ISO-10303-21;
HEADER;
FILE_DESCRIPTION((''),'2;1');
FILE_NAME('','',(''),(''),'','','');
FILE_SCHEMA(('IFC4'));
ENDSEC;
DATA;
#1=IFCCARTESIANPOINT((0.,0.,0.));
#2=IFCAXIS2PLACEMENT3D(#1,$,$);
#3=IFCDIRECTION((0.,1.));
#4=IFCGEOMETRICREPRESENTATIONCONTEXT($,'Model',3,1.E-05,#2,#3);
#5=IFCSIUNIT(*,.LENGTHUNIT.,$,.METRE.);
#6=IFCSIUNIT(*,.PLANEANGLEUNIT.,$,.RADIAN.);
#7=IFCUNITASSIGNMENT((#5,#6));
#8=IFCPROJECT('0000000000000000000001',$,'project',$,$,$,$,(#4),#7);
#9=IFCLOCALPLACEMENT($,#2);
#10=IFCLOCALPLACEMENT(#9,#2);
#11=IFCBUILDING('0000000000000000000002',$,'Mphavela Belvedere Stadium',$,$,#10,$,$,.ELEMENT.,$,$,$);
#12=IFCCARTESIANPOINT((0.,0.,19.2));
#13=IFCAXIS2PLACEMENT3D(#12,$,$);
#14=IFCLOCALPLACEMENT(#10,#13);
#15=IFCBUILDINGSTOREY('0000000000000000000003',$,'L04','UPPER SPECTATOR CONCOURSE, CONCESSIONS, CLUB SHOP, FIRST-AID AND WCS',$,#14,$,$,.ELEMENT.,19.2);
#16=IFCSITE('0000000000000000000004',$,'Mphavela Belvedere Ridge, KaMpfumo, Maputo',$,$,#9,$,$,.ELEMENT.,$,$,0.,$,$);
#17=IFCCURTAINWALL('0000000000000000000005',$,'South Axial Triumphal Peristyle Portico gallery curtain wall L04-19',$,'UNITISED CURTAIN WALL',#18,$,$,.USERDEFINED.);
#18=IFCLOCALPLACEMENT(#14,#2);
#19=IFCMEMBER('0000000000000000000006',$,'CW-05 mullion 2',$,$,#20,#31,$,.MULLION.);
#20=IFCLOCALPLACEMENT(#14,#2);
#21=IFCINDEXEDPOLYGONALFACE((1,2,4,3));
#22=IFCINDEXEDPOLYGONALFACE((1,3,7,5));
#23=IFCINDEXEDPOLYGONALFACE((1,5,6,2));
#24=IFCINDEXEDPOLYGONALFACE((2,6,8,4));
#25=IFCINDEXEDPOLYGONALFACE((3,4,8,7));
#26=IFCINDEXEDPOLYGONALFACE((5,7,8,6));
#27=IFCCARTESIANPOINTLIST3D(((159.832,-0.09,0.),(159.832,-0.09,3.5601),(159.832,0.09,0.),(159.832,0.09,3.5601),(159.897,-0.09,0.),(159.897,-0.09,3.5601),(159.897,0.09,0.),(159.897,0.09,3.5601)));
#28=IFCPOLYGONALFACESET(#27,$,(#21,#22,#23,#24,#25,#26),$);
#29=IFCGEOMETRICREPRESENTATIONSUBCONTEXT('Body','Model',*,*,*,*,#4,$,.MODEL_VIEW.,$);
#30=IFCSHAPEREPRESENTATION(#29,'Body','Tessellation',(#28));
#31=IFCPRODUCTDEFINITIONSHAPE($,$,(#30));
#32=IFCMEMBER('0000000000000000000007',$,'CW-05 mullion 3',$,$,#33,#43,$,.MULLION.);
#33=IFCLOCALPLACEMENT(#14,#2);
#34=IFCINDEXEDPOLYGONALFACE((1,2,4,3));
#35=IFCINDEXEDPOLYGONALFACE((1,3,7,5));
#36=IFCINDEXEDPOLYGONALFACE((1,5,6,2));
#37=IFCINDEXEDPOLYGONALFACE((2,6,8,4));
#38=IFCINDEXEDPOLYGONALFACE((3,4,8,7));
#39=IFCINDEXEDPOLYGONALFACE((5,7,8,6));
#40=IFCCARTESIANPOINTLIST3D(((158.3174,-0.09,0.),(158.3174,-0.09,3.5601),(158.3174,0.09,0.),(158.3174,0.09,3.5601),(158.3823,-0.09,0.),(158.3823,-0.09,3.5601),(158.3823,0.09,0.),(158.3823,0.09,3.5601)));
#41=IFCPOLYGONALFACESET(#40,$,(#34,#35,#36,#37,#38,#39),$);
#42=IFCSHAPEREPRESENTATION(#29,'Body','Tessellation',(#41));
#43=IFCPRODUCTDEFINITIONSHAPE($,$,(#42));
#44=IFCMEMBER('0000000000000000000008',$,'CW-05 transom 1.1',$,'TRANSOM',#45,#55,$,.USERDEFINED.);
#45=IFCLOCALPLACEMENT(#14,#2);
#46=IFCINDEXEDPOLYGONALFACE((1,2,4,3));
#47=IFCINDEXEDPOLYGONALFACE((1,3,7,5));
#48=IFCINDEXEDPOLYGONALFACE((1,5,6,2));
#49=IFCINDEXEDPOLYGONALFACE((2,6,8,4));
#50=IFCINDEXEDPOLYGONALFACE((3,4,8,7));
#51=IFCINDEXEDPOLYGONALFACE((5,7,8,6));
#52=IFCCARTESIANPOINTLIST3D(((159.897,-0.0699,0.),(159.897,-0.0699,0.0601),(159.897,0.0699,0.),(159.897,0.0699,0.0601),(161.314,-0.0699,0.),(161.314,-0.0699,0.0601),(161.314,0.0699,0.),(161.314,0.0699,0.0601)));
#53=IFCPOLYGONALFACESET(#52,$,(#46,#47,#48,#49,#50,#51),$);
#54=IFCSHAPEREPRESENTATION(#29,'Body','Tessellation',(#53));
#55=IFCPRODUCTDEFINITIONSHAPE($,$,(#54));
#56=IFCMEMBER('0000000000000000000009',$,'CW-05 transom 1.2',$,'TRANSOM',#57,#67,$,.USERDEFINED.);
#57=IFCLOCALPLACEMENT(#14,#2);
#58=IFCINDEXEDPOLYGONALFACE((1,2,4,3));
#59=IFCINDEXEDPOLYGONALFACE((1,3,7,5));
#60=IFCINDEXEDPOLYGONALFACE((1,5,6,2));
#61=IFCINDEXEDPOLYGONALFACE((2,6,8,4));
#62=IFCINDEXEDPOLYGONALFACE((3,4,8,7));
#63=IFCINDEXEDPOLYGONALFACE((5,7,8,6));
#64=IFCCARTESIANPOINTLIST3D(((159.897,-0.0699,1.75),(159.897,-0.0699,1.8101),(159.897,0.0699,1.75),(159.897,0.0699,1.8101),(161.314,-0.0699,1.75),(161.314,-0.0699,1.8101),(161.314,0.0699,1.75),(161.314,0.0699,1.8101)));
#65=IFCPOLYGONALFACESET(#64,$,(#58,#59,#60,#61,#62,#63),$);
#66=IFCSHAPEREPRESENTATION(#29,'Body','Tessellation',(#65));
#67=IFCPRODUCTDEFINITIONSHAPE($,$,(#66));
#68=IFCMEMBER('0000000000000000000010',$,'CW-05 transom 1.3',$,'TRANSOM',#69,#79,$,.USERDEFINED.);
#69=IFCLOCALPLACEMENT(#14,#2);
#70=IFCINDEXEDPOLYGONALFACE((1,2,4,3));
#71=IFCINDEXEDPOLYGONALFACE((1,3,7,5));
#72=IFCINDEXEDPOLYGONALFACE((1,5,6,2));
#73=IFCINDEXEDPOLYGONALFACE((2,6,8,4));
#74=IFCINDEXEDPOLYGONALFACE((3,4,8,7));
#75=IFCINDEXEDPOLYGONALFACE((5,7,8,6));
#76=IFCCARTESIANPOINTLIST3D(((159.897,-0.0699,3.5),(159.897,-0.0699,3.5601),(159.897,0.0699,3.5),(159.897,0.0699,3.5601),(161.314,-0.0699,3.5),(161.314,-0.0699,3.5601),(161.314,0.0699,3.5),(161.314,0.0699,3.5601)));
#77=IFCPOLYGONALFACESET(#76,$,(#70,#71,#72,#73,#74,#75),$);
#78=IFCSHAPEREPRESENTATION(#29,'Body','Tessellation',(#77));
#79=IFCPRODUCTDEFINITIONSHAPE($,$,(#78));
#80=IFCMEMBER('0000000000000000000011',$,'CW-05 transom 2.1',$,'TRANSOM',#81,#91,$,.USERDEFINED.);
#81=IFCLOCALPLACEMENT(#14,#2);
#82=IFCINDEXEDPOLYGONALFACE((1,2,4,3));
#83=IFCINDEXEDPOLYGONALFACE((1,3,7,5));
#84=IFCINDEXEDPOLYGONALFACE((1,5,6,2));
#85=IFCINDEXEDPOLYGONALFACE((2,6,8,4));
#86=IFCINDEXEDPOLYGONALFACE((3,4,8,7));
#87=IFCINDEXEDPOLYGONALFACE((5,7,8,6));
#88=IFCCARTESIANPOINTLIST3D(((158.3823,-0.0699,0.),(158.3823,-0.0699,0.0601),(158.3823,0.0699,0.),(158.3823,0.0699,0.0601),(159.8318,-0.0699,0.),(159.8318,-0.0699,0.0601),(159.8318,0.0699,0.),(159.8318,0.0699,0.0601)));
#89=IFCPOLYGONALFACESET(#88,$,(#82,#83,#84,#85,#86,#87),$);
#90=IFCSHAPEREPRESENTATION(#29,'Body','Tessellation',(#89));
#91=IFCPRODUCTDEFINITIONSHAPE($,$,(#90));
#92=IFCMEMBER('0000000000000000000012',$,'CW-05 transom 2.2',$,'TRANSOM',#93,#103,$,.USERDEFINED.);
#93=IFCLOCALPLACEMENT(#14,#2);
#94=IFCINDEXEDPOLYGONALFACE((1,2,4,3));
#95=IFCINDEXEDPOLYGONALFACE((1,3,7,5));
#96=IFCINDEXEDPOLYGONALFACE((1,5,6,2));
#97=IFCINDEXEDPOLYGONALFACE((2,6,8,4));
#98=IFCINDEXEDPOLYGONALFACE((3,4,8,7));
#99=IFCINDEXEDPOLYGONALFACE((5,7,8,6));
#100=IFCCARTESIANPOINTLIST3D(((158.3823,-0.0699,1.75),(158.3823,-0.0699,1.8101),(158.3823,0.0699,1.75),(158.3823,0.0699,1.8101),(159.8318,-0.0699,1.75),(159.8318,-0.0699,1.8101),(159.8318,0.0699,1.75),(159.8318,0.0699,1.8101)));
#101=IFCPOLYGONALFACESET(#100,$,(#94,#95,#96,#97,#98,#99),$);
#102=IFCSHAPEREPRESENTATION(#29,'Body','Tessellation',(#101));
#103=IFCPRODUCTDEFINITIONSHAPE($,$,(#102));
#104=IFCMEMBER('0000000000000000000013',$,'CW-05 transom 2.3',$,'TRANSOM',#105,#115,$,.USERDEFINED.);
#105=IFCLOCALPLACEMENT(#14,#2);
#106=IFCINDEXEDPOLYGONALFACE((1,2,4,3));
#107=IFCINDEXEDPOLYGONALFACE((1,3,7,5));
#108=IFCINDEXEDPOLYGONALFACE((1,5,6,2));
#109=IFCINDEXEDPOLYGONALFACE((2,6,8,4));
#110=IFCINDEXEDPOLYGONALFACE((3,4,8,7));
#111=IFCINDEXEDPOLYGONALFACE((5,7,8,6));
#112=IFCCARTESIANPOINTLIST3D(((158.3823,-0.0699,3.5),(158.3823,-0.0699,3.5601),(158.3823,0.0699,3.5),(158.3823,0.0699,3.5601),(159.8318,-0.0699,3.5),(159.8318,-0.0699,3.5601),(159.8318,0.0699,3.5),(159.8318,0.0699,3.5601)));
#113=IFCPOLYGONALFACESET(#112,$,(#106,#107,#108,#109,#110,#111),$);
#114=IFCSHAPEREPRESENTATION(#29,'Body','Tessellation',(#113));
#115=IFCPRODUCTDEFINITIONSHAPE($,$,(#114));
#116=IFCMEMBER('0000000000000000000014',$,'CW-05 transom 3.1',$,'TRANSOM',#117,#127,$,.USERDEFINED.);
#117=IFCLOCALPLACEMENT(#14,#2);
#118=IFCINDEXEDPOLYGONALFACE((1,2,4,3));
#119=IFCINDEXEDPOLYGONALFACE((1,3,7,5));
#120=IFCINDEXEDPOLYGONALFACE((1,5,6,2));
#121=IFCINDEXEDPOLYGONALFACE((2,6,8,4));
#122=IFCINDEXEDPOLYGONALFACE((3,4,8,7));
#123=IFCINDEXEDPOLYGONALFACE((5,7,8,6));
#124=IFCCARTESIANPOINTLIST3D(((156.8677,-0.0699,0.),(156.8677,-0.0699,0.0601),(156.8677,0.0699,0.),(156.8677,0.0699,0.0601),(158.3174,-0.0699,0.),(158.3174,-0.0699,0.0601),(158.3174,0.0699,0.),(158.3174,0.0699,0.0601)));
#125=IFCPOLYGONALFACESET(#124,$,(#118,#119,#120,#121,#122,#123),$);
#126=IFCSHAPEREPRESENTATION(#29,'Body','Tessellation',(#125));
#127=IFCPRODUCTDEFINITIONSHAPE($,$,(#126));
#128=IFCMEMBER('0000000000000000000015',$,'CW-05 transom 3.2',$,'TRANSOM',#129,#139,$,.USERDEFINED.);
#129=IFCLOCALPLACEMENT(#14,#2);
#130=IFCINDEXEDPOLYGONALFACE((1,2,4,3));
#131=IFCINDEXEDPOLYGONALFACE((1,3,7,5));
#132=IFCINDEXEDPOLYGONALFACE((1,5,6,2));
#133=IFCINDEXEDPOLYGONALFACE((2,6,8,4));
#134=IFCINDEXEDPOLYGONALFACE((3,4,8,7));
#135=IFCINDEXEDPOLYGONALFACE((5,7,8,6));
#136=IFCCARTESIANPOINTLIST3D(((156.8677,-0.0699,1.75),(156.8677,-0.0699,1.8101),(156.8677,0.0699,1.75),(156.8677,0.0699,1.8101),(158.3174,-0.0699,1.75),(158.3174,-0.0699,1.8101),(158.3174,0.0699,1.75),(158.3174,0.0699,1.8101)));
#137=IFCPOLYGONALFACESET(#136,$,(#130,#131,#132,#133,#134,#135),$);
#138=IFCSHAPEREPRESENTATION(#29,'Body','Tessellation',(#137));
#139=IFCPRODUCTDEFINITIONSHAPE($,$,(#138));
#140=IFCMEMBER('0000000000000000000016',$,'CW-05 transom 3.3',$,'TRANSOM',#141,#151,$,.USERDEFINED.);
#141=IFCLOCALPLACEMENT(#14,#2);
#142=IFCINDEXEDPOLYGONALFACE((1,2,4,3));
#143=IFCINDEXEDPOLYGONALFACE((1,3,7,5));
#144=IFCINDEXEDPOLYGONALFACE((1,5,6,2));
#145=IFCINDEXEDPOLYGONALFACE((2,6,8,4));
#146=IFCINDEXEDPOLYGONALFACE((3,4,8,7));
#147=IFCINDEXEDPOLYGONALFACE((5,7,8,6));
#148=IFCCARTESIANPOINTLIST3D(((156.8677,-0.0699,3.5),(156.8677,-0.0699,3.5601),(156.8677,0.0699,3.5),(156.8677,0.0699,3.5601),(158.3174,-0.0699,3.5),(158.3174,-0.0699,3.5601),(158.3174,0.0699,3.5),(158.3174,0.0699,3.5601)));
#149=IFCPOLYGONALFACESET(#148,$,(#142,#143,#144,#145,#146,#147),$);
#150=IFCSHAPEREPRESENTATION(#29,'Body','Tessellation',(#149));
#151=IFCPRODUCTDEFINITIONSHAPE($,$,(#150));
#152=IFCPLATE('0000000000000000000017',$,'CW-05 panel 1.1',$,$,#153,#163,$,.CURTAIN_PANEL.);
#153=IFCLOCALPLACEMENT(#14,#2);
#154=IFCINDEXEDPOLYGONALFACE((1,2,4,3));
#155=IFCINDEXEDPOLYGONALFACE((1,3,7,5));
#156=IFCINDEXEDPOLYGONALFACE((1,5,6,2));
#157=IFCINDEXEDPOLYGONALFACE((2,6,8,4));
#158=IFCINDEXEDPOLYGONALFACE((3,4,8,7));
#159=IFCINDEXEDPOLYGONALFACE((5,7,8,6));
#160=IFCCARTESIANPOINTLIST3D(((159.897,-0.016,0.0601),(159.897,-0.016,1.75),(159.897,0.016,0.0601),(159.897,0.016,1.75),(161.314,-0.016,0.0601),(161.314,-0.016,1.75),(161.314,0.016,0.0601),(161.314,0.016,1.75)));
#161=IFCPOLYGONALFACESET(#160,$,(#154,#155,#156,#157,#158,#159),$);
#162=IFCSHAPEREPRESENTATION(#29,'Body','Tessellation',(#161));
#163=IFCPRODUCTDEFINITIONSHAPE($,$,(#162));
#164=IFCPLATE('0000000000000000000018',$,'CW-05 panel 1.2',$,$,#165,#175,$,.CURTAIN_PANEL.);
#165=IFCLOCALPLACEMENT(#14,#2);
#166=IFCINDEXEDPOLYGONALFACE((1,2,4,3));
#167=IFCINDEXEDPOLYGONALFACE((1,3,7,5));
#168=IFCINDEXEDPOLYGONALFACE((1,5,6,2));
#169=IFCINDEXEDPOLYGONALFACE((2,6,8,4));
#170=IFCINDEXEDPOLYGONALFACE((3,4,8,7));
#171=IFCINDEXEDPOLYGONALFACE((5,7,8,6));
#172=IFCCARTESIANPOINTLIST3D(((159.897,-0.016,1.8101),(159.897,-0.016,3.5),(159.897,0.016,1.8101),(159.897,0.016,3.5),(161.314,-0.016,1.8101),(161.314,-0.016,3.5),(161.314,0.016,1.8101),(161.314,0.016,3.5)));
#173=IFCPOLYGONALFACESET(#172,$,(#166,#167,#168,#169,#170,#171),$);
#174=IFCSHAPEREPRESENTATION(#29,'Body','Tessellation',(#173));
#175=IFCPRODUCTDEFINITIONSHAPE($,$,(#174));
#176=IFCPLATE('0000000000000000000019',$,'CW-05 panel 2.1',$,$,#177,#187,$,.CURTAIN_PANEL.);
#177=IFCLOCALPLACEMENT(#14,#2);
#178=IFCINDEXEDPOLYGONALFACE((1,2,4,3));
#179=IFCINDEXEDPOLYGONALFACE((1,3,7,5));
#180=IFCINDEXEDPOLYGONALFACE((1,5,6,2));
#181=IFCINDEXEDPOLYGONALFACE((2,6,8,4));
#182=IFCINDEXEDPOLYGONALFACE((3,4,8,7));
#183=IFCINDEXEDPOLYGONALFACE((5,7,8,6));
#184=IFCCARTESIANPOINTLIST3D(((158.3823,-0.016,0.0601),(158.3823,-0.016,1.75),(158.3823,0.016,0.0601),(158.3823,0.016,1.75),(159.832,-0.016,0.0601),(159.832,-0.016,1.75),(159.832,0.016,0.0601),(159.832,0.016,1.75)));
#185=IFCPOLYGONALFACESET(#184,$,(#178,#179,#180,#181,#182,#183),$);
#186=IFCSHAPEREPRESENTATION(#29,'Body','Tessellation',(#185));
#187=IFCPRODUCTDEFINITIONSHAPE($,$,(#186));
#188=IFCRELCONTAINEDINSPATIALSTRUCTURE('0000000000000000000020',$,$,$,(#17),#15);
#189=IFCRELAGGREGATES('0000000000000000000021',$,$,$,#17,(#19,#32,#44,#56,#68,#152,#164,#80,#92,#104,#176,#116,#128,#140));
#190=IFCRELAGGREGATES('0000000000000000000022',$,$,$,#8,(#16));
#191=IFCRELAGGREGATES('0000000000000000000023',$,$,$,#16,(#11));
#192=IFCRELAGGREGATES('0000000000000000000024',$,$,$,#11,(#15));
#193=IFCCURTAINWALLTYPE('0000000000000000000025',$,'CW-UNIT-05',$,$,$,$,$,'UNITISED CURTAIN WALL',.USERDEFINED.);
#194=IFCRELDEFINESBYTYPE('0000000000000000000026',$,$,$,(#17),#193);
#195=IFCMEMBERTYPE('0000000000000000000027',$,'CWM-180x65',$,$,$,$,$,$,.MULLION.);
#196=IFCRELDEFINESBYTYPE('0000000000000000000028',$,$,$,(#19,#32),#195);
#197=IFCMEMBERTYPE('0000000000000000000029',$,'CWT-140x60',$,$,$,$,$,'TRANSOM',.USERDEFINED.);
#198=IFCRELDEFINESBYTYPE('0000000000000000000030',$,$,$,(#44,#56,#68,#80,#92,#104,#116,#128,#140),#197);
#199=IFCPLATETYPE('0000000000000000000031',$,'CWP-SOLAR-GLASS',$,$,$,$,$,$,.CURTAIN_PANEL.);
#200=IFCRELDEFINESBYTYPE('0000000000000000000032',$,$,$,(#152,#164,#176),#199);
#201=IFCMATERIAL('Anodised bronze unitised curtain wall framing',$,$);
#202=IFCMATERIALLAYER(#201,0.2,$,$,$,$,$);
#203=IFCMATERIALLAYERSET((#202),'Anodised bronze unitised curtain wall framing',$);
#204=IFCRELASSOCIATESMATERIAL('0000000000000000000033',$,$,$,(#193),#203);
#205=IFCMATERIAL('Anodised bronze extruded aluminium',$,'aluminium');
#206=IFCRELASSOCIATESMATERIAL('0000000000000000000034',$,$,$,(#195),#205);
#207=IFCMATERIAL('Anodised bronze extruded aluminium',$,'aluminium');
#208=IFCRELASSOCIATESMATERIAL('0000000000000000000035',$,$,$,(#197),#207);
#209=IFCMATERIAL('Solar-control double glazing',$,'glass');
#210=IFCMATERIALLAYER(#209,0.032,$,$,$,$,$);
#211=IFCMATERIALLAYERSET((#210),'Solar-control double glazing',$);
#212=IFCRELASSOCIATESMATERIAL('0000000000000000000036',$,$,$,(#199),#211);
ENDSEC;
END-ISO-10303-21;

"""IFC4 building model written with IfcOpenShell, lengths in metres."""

from ifc_helpers import new_model, si_unit, direction, frame, origin, origin_2d, place, context, subcontext, project, spatial, rectangle, extrude, material, layer, layer_set, material_profile, profile_set, type_object, element, aggregate, save


model = new_model("IFC4")

# Units and contexts
model_context = context("Model", 3, precision=1e-05, world=origin(), true_north=direction((0.0, 1.0)))
body_context = subcontext(model_context, "Body", "Model", "MODEL_VIEW")
ifc_project = project(units=[si_unit("LENGTHUNIT", "METRE"), si_unit("PLANEANGLEUNIT", "RADIAN")], contexts=[model_context])

# Site, building, storey
site_placement = place(None, origin())
site = spatial("IfcSite", under=ifc_project, at=site_placement, Name="Mphavela Belvedere Ridge, KaMpfumo, Maputo", CompositionType="ELEMENT", RefElevation=0.0)
building_placement = place(site_placement, origin())
building = spatial("IfcBuilding", under=site, at=building_placement, Name="Mphavela Belvedere Stadium", CompositionType="ELEMENT")
storey_placement = place(building_placement, frame((0.0, 0.0, 19.2)))
storey = spatial("IfcBuildingStorey", under=building, at=storey_placement, Name="L04", Description="UPPER SPECTATOR CONCOURSE, CONCESSIONS, CLUB SHOP, FIRST-AID AND WCS", CompositionType="ELEMENT", Elevation=19.2)

# Curtain wall, members, plates
ifc_material_1 = material(Name="Anodised bronze unitised curtain wall framing")
ifc_layer_1 = layer(ifc_material_1, 0.2)
ifc_layer_set_1 = layer_set([ifc_layer_1], Name="Anodised bronze unitised curtain wall framing")
curtain_wall_type = type_object("IfcCurtainWallType", Name="CW-UNIT-05", ElementType="UNITISED CURTAIN WALL", PredefinedType="USERDEFINED", material=ifc_layer_set_1)
curtain_wall_placement = place(storey_placement, origin())
curtain_wall = element("IfcCurtainWall", 1, at=curtain_wall_placement, inside=storey, type_object=curtain_wall_type, Name="South Axial Triumphal Peristyle Portico gallery curtain wall L04-19", ObjectType="UNITISED CURTAIN WALL", PredefinedType="USERDEFINED")
ifc_material_2 = material(Name="Anodised bronze extruded aluminium", Category="aluminium")
ifc_material_profile_1 = material_profile(ifc_material_2, rectangle(XDim=0.1799, YDim=0.0649, at=origin_2d()), Name="CW-MUL 180x65")
ifc_profile_set_1 = profile_set([ifc_material_profile_1], Name="Anodised bronze extruded aluminium")
member_type_1 = type_object("IfcMemberType", Name="CWM-180x65", PredefinedType="MULLION", material=ifc_profile_set_1)
member_1_placement = place(storey_placement, frame((159.8645, 0.0, 0.0), z_axis=(0.0, 0.0, 1.0), x_axis=(0.0, -1.0, 0.0)))
member_1 = element("IfcMember", 2, at=member_1_placement, type_object=member_type_1, Name="CW-05 mullion 2", PredefinedType="MULLION", context=body_context, shape_type="SweptSolid", body=[
    extrude(rectangle(XDim=0.1799, YDim=0.0649, at=origin_2d()), origin(), (0.0, 0.0, 1.0), 3.5601),
])
member_2_placement = place(storey_placement, frame((158.3499, 0.0, 0.0), z_axis=(0.0, 0.0, 1.0), x_axis=(0.0, -1.0, 0.0)))
member_2 = element("IfcMember", 3, at=member_2_placement, type_object=member_type_1, Name="CW-05 mullion 3", PredefinedType="MULLION", context=body_context, shape_type="SweptSolid", body=[
    extrude(rectangle(XDim=0.1799, YDim=0.0649, at=origin_2d()), origin(), (0.0, 0.0, 1.0), 3.5601),
])
ifc_material_3 = material(Name="Anodised bronze extruded aluminium", Category="aluminium")
ifc_material_profile_2 = material_profile(ifc_material_3, rectangle(XDim=0.1399, YDim=0.0601, at=origin_2d()), Name="CW-TRN 140x60")
ifc_profile_set_2 = profile_set([ifc_material_profile_2], Name="Anodised bronze extruded aluminium")
member_type_2 = type_object("IfcMemberType", Name="CWT-140x60", ElementType="TRANSOM", PredefinedType="USERDEFINED", material=ifc_profile_set_2)
member_3_placement = place(storey_placement, frame((161.314, 0.0, 0.03), z_axis=(-1.0, 0.0, 0.0), x_axis=(0.0, -1.0, 0.0)))
member_3 = element("IfcMember", 4, at=member_3_placement, type_object=member_type_2, Name="CW-05 transom 1.1", ObjectType="TRANSOM", PredefinedType="USERDEFINED", context=body_context, shape_type="SweptSolid", body=[
    extrude(rectangle(XDim=0.1399, YDim=0.0601, at=origin_2d()), origin(), (0.0, 0.0, 1.0), 1.417),
])
member_4_placement = place(storey_placement, frame((161.314, 0.0, 1.78), z_axis=(-1.0, 0.0, 0.0), x_axis=(0.0, -1.0, 0.0)))
member_4 = element("IfcMember", 5, at=member_4_placement, type_object=member_type_2, Name="CW-05 transom 1.2", ObjectType="TRANSOM", PredefinedType="USERDEFINED", context=body_context, shape_type="SweptSolid", body=[
    extrude(rectangle(XDim=0.1399, YDim=0.0601, at=origin_2d()), origin(), (0.0, 0.0, 1.0), 1.417),
])
member_5_placement = place(storey_placement, frame((161.314, 0.0, 3.53), z_axis=(-1.0, 0.0, 0.0), x_axis=(0.0, -1.0, 0.0)))
member_5 = element("IfcMember", 6, at=member_5_placement, type_object=member_type_2, Name="CW-05 transom 1.3", ObjectType="TRANSOM", PredefinedType="USERDEFINED", context=body_context, shape_type="SweptSolid", body=[
    extrude(rectangle(XDim=0.1399, YDim=0.0601, at=origin_2d()), origin(), (0.0, 0.0, 1.0), 1.417),
])
member_6_placement = place(storey_placement, frame((159.8318, 0.0, 0.03), z_axis=(-1.0, 0.0, 0.0), x_axis=(0.0, -1.0, 0.0)))
member_6 = element("IfcMember", 7, at=member_6_placement, type_object=member_type_2, Name="CW-05 transom 2.1", ObjectType="TRANSOM", PredefinedType="USERDEFINED", context=body_context, shape_type="SweptSolid", body=[
    extrude(rectangle(XDim=0.1399, YDim=0.0601, at=origin_2d()), origin(), (0.0, 0.0, 1.0), 1.4495),
])
member_7_placement = place(storey_placement, frame((159.8318, 0.0, 1.78), z_axis=(-1.0, 0.0, 0.0), x_axis=(0.0, -1.0, 0.0)))
member_7 = element("IfcMember", 8, at=member_7_placement, type_object=member_type_2, Name="CW-05 transom 2.2", ObjectType="TRANSOM", PredefinedType="USERDEFINED", context=body_context, shape_type="SweptSolid", body=[
    extrude(rectangle(XDim=0.1399, YDim=0.0601, at=origin_2d()), origin(), (0.0, 0.0, 1.0), 1.4495),
])
member_8_placement = place(storey_placement, frame((159.8318, 0.0, 3.53), z_axis=(-1.0, 0.0, 0.0), x_axis=(0.0, -1.0, 0.0)))
member_8 = element("IfcMember", 9, at=member_8_placement, type_object=member_type_2, Name="CW-05 transom 2.3", ObjectType="TRANSOM", PredefinedType="USERDEFINED", context=body_context, shape_type="SweptSolid", body=[
    extrude(rectangle(XDim=0.1399, YDim=0.0601, at=origin_2d()), origin(), (0.0, 0.0, 1.0), 1.4495),
])
member_9_placement = place(storey_placement, frame((158.3174, 0.0, 0.03), z_axis=(-1.0, 0.0, 0.0), x_axis=(0.0, -1.0, 0.0)))
member_9 = element("IfcMember", 10, at=member_9_placement, type_object=member_type_2, Name="CW-05 transom 3.1", ObjectType="TRANSOM", PredefinedType="USERDEFINED", context=body_context, shape_type="SweptSolid", body=[
    extrude(rectangle(XDim=0.1399, YDim=0.0601, at=origin_2d()), origin(), (0.0, 0.0, 1.0), 1.4497),
])
member_10_placement = place(storey_placement, frame((158.3174, 0.0, 1.78), z_axis=(-1.0, 0.0, 0.0), x_axis=(0.0, -1.0, 0.0)))
member_10 = element("IfcMember", 11, at=member_10_placement, type_object=member_type_2, Name="CW-05 transom 3.2", ObjectType="TRANSOM", PredefinedType="USERDEFINED", context=body_context, shape_type="SweptSolid", body=[
    extrude(rectangle(XDim=0.1399, YDim=0.0601, at=origin_2d()), origin(), (0.0, 0.0, 1.0), 1.4497),
])
member_11_placement = place(storey_placement, frame((158.3174, 0.0, 3.53), z_axis=(-1.0, 0.0, 0.0), x_axis=(0.0, -1.0, 0.0)))
member_11 = element("IfcMember", 12, at=member_11_placement, type_object=member_type_2, Name="CW-05 transom 3.3", ObjectType="TRANSOM", PredefinedType="USERDEFINED", context=body_context, shape_type="SweptSolid", body=[
    extrude(rectangle(XDim=0.1399, YDim=0.0601, at=origin_2d()), origin(), (0.0, 0.0, 1.0), 1.4497),
])
ifc_material_4 = material(Name="Solar-control double glazing", Category="glass")
ifc_layer_2 = layer(ifc_material_4, 0.032)
ifc_layer_set_2 = layer_set([ifc_layer_2], Name="Solar-control double glazing")
plate_type = type_object("IfcPlateType", Name="CWP-SOLAR-GLASS", PredefinedType="CURTAIN_PANEL", material=ifc_layer_set_2)
plate_1_placement = place(storey_placement, frame((160.6055, 0.0, 0.0601), z_axis=(0.0, 0.0, 1.0), x_axis=(-1.0, 0.0, 0.0)))
plate_1 = element("IfcPlate", 13, at=plate_1_placement, type_object=plate_type, Name="CW-05 panel 1.1", PredefinedType="CURTAIN_PANEL", context=body_context, shape_type="SweptSolid", body=[
    extrude(rectangle(XDim=1.417, YDim=0.032, at=origin_2d()), origin(), (0.0, 0.0, 1.0), 1.6899),
])
plate_2_placement = place(storey_placement, frame((160.6055, 0.0, 1.8101), z_axis=(0.0, 0.0, 1.0), x_axis=(-1.0, 0.0, 0.0)))
plate_2 = element("IfcPlate", 14, at=plate_2_placement, type_object=plate_type, Name="CW-05 panel 1.2", PredefinedType="CURTAIN_PANEL", context=body_context, shape_type="SweptSolid", body=[
    extrude(rectangle(XDim=1.417, YDim=0.032, at=origin_2d()), origin(), (0.0, 0.0, 1.0), 1.6899),
])
plate_3_placement = place(storey_placement, frame((159.1072, 0.0, 0.0601), z_axis=(0.0, 0.0, 1.0), x_axis=(-1.0, 0.0, 0.0)))
plate_3 = element("IfcPlate", 15, at=plate_3_placement, type_object=plate_type, Name="CW-05 panel 2.1", PredefinedType="CURTAIN_PANEL", context=body_context, shape_type="SweptSolid", body=[
    extrude(rectangle(XDim=1.4497, YDim=0.032, at=origin_2d()), origin(), (0.0, 0.0, 1.0), 1.6899),
])
aggregate(curtain_wall, [member_1, member_2, member_3, member_4, member_5, plate_1, plate_2, member_6, member_7, member_8, plate_3, member_9, member_10, member_11])

save(model, "model.ifc")
